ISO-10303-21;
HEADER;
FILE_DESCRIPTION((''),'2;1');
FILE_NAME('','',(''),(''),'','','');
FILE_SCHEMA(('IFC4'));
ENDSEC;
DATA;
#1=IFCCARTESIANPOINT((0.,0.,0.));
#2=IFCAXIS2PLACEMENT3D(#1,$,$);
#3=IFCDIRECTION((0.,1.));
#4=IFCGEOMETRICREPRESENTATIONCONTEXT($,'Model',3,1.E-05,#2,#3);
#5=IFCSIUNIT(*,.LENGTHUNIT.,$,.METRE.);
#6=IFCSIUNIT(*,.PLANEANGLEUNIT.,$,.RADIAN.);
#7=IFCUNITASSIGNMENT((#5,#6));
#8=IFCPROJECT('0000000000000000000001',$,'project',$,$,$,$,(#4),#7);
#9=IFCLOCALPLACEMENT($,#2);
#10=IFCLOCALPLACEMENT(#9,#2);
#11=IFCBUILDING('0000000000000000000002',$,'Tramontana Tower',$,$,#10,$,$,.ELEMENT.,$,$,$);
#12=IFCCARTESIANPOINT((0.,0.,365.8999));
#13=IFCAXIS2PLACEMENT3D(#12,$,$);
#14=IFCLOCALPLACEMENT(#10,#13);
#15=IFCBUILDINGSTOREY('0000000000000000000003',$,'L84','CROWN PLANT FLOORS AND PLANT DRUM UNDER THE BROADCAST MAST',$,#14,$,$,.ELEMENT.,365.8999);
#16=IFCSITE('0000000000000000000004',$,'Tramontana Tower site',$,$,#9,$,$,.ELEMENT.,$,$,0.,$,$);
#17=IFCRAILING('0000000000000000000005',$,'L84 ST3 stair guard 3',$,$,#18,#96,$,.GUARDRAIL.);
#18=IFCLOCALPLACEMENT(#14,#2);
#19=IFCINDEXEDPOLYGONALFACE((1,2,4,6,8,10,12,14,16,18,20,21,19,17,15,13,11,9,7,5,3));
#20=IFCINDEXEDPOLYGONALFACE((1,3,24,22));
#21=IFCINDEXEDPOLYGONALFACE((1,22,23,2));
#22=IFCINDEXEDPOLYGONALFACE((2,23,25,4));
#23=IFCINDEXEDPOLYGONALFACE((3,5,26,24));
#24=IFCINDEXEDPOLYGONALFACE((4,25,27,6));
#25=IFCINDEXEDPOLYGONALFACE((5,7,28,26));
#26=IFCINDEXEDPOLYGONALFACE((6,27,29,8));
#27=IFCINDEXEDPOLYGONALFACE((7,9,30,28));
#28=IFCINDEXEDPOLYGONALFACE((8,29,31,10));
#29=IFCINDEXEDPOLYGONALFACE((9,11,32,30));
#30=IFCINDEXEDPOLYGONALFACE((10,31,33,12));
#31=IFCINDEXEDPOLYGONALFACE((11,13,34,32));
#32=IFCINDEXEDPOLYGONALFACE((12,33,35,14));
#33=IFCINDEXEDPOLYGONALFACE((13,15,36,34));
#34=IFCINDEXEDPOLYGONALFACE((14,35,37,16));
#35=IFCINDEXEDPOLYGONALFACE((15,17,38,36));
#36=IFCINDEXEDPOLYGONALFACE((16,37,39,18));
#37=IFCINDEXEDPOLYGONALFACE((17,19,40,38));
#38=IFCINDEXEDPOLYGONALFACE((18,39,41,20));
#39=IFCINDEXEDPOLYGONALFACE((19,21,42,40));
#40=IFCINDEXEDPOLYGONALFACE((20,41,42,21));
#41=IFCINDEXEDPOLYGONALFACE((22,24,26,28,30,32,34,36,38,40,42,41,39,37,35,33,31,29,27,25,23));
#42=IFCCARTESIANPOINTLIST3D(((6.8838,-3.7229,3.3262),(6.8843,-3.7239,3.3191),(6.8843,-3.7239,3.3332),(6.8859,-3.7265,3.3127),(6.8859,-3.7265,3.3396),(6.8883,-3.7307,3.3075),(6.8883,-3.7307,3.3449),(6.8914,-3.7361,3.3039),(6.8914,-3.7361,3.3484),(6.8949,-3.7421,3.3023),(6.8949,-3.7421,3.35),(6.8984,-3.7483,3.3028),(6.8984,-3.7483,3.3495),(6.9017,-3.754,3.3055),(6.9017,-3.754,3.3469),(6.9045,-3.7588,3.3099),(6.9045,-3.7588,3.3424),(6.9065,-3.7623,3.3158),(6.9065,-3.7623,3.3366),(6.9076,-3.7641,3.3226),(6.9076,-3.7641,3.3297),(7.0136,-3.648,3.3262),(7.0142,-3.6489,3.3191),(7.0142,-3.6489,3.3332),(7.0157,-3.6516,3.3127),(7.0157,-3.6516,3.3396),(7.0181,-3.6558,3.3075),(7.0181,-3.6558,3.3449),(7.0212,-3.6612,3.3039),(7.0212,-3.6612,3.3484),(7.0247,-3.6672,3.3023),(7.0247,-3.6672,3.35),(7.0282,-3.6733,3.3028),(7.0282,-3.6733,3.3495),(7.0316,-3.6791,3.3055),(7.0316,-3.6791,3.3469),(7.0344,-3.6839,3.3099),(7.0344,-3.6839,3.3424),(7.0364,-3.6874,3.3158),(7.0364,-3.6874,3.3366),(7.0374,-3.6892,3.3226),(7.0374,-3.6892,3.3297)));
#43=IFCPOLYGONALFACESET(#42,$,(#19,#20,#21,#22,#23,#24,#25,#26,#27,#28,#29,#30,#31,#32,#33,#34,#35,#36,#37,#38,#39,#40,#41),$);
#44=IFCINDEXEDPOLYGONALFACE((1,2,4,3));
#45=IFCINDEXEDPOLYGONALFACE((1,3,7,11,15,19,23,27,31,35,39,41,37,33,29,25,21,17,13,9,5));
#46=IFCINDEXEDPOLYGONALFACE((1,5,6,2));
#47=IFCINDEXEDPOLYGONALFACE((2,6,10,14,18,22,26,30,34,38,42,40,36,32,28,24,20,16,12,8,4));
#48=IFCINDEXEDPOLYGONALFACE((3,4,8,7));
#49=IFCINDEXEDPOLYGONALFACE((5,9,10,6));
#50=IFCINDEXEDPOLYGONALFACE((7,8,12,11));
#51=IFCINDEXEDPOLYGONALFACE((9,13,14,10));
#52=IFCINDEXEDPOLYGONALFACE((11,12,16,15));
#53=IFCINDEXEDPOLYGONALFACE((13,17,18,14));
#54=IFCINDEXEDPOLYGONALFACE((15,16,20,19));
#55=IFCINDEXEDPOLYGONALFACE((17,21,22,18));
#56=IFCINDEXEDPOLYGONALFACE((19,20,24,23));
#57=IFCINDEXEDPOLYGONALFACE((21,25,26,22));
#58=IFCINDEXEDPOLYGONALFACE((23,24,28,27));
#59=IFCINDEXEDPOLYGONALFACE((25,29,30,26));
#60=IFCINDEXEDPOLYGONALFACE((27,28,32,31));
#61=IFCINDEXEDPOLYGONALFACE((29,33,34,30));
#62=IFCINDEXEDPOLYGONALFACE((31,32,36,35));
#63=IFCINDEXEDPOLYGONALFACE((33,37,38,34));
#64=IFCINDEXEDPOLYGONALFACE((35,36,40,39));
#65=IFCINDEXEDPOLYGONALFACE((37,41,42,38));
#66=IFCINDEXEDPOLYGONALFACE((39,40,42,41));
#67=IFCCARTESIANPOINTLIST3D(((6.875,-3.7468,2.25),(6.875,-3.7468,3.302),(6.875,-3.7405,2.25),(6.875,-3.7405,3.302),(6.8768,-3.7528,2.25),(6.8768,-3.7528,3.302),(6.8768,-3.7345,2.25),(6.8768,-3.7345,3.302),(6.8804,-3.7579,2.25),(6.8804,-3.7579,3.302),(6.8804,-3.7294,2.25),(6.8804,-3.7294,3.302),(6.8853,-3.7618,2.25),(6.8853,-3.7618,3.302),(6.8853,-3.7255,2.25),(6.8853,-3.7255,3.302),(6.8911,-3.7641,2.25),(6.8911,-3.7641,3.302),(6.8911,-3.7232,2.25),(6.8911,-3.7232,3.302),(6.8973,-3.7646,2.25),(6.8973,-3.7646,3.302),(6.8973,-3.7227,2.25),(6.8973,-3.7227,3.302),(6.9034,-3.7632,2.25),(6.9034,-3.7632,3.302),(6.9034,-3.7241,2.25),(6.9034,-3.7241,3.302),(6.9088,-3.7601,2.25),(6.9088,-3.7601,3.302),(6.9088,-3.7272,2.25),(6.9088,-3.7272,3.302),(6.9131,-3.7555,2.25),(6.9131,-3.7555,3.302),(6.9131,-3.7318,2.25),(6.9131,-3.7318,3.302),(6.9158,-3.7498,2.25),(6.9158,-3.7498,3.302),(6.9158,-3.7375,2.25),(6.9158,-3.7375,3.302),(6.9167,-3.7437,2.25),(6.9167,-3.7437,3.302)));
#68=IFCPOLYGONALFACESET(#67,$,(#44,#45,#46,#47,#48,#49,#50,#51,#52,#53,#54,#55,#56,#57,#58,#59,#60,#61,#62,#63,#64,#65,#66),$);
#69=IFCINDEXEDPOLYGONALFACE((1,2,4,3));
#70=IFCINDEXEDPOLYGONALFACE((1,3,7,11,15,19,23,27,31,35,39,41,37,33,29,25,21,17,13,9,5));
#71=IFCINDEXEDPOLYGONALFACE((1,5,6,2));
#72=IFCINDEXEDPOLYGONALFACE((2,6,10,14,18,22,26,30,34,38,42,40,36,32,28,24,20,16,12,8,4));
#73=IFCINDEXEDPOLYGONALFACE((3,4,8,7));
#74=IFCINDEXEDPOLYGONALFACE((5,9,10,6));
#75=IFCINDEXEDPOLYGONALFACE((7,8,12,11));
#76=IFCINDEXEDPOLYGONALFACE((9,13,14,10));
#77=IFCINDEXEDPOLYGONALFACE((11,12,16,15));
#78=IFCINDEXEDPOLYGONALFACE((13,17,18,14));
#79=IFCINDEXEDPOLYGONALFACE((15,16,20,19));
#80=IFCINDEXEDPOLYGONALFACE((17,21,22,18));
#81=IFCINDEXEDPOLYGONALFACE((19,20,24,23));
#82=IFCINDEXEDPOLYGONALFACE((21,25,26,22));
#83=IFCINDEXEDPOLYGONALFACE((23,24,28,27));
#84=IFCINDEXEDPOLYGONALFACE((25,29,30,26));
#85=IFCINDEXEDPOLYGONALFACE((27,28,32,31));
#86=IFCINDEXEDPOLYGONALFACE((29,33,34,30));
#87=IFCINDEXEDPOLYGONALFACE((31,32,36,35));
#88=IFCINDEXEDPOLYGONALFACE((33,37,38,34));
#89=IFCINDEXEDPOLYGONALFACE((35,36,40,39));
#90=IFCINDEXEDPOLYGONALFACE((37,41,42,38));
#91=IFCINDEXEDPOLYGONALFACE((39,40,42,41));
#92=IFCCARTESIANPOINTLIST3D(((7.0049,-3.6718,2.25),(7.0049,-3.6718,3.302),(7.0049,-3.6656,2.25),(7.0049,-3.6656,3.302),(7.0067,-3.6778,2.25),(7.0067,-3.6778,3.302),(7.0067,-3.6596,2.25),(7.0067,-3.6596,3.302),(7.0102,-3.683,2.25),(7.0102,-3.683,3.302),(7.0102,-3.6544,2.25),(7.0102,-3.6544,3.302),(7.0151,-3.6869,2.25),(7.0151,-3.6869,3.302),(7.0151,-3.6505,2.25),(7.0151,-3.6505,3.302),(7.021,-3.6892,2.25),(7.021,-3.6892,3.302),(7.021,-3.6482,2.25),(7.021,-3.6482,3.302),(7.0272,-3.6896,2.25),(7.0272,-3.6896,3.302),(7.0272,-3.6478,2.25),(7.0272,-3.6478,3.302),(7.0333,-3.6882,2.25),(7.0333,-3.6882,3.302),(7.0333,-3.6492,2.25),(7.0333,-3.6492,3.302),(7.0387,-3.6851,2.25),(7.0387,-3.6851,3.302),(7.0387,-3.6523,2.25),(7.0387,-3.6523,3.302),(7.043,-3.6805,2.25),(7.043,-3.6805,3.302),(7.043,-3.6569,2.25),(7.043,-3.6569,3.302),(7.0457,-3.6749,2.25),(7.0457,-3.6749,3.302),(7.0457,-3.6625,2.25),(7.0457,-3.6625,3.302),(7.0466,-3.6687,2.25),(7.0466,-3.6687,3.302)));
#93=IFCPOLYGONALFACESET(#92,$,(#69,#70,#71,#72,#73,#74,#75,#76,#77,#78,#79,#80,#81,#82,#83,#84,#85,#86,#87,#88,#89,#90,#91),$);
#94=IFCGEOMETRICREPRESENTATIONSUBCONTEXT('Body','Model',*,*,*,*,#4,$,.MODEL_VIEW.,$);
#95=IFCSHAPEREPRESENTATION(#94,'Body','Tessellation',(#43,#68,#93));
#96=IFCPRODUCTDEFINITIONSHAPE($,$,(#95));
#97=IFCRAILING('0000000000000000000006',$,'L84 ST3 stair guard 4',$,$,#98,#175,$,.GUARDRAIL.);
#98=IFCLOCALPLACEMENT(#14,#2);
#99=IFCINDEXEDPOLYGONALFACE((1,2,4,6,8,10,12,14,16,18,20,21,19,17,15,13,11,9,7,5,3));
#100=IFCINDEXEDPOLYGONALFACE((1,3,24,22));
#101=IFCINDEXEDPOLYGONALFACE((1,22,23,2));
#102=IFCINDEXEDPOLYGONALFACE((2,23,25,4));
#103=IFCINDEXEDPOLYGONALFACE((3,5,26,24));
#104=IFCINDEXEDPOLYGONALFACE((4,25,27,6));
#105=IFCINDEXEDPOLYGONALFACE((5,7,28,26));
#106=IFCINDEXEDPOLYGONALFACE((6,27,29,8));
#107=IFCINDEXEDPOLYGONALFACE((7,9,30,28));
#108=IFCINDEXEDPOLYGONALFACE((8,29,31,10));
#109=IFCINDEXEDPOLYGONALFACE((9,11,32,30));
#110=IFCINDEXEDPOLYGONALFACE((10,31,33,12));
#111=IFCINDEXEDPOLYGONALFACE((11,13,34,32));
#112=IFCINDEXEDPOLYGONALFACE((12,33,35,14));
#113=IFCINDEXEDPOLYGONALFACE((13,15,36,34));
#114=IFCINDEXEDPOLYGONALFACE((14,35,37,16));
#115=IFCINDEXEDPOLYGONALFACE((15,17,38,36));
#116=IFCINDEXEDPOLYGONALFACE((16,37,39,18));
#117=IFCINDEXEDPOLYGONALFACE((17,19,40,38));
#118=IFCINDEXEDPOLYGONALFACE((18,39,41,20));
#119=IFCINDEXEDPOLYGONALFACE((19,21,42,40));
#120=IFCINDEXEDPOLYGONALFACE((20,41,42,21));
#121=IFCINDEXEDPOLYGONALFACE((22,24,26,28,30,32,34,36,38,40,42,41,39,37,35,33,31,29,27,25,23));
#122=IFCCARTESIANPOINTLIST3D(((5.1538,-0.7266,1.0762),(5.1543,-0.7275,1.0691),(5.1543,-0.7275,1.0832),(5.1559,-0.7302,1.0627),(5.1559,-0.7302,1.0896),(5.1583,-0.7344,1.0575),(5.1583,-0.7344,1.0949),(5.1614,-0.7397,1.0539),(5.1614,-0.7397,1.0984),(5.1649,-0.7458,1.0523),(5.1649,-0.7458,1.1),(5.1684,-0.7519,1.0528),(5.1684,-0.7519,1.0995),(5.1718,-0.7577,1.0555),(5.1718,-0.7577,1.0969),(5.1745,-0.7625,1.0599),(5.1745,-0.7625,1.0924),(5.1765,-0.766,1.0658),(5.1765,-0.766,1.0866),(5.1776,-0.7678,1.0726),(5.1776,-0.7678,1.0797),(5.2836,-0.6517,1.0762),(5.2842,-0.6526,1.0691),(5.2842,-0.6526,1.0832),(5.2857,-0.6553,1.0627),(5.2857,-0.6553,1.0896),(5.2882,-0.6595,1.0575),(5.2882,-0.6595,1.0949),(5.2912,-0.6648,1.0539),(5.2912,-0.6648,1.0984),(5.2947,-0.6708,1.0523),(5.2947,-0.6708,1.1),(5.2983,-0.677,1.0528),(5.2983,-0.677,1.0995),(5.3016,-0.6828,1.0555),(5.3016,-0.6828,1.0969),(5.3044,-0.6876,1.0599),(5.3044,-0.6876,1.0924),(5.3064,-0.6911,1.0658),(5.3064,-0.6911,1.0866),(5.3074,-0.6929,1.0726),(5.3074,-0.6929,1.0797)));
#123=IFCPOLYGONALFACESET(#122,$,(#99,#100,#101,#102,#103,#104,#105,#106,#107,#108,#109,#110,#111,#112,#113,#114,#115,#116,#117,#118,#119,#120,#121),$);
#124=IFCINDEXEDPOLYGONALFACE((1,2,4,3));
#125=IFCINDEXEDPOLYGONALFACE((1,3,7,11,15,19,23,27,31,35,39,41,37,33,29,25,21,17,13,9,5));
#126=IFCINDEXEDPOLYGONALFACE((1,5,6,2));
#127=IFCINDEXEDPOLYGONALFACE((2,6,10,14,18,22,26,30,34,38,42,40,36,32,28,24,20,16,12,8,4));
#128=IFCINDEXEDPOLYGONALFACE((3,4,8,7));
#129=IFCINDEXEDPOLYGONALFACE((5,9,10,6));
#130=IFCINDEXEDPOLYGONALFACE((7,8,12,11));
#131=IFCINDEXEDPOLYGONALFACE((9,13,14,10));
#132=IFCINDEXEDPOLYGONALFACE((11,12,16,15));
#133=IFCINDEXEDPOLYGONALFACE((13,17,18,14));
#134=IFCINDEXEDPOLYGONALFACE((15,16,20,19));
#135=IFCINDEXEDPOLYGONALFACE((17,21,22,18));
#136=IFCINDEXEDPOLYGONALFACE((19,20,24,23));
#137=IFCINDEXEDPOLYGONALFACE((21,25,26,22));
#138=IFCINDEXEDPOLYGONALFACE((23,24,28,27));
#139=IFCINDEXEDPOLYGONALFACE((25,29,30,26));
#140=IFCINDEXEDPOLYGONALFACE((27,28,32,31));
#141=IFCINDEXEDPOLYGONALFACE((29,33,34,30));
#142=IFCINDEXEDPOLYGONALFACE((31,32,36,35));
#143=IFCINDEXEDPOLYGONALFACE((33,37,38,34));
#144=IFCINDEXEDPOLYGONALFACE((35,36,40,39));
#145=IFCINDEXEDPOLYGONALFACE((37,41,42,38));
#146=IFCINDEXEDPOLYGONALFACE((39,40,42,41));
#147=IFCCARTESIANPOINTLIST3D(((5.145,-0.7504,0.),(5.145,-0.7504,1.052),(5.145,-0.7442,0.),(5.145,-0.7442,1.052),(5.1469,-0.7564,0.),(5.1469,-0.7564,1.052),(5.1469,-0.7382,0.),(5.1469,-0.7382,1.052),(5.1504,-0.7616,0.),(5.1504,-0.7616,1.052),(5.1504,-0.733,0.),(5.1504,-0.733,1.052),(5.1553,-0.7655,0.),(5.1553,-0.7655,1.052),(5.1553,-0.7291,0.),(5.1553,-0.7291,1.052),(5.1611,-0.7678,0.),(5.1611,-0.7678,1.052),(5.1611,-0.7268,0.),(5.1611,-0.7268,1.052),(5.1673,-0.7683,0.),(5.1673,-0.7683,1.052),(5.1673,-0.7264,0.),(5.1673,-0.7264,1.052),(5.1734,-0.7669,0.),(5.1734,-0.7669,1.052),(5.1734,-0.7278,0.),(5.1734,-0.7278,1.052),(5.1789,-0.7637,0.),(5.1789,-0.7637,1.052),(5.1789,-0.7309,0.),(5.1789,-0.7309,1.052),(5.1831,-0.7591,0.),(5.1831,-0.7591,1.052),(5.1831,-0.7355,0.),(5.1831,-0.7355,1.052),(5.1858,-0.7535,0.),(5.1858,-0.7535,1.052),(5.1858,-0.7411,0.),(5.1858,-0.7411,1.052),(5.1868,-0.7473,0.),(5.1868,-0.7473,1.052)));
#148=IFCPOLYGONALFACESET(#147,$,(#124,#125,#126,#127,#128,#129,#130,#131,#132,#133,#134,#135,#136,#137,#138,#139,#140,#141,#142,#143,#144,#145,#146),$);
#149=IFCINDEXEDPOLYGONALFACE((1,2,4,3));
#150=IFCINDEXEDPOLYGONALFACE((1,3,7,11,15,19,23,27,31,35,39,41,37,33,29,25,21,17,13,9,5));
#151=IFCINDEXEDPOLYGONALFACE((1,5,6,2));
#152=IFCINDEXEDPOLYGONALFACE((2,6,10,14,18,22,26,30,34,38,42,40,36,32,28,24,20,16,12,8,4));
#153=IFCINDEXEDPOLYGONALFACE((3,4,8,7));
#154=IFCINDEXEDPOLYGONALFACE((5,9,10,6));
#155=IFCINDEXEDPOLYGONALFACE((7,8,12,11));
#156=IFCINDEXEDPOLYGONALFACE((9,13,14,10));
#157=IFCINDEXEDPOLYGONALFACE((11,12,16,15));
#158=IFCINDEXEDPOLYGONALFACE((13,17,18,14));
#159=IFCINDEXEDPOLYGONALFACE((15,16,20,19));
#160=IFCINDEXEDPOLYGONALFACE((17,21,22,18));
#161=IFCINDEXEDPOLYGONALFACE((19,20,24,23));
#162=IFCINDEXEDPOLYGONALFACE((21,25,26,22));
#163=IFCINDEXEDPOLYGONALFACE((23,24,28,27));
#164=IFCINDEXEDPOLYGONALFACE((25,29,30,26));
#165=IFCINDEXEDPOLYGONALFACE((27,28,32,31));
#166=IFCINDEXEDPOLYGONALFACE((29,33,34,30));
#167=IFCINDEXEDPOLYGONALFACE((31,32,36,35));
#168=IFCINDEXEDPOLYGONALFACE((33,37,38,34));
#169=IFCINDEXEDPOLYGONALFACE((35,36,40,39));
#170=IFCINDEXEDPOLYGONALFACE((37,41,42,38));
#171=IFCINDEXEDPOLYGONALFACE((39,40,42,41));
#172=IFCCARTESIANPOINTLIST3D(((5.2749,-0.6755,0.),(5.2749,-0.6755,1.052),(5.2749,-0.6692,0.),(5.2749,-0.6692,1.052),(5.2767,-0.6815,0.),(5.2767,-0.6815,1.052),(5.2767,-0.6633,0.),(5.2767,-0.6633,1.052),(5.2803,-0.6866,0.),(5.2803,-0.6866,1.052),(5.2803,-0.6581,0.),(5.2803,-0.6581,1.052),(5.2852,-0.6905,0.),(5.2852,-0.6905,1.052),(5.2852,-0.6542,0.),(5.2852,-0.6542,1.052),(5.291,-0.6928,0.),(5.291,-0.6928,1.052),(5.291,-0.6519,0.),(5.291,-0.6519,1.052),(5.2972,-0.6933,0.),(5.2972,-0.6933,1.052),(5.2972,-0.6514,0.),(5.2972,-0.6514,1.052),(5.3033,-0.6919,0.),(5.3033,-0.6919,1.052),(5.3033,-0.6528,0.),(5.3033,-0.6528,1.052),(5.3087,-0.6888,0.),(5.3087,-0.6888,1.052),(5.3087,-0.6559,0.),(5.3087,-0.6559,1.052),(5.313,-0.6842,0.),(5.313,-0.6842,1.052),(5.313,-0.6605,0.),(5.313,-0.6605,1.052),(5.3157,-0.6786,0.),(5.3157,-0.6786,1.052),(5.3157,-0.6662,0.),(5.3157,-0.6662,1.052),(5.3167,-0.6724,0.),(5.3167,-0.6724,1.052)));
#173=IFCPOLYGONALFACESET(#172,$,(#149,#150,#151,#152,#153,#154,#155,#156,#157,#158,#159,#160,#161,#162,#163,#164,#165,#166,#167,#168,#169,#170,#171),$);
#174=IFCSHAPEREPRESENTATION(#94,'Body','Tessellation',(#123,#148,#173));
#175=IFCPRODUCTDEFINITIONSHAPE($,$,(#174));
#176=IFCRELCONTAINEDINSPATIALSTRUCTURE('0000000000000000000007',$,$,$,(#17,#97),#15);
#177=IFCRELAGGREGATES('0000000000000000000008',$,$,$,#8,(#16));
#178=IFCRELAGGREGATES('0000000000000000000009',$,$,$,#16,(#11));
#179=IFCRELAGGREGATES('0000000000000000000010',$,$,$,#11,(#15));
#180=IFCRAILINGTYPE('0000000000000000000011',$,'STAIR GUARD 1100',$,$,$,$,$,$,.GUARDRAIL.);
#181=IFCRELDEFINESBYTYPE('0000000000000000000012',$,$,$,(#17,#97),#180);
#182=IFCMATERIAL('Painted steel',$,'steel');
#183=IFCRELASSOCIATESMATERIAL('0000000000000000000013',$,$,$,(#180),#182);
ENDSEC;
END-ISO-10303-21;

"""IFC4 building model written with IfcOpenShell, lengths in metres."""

from ifc_helpers import new_model, si_unit, direction, frame, origin, origin_2d, place, context, subcontext, project, spatial, circle, extrude, material, type_object, element, save


model = new_model("IFC4")

# Units and contexts
model_context = context("Model", 3, precision=1e-05, world=origin(), true_north=direction((0.0, 1.0)))
body_context = subcontext(model_context, "Body", "Model", "MODEL_VIEW")
ifc_project = project(units=[si_unit("LENGTHUNIT", "METRE"), si_unit("PLANEANGLEUNIT", "RADIAN")], contexts=[model_context])

# Site, building, storey
site_placement = place(None, origin())
site = spatial("IfcSite", under=ifc_project, at=site_placement, Name="Tramontana Tower site", CompositionType="ELEMENT", RefElevation=0.0)
building_placement = place(site_placement, origin())
building = spatial("IfcBuilding", under=site, at=building_placement, Name="Tramontana Tower", CompositionType="ELEMENT")
storey_placement = place(building_placement, frame((0.0, 0.0, 365.8999)))
storey = spatial("IfcBuildingStorey", under=building, at=storey_placement, Name="L84", Description="CROWN PLANT FLOORS AND PLANT DRUM UNDER THE BROADCAST MAST", CompositionType="ELEMENT", Elevation=365.8999)

# Railings
ifc_material_1 = material(Name="Painted steel", Category="steel")
railing_type_1 = type_object("IfcRailingType", Name="STAIR GUARD 1100", PredefinedType="GUARDRAIL", material=ifc_material_1)
for number, where, name in (
    (1, (6.8958, -3.7437, 2.25), "L84 ST3 stair guard 3"),
    (2, (5.1658, -0.7473, 0.0), "L84 ST3 stair guard 4"),
):
    element("IfcRailing", number, at=place(storey_placement, frame(where)), inside=storey, type_object=railing_type_1, Name=name, PredefinedType="GUARDRAIL", context=body_context, shape_type="SweptSolid", body=[
        extrude(circle(Radius=0.0239, at=origin_2d()), frame((0.0, 0.0, 1.0762), z_axis=(0.866131, 0.499816, 0.0), x_axis=(-0.499816, 0.866131, 0.0)), (0.0, 0.0, 1.0), 0.1499),
        extrude(circle(Radius=0.021, at=origin_2d()), origin(), (0.0, 0.0, 1.0), 1.052),
        extrude(circle(Radius=0.021, at=origin_2d()), frame((0.1299, 0.075, 0.0)), (0.0, 0.0, 1.0), 1.052),
    ])

save(model, "model.ifc")
